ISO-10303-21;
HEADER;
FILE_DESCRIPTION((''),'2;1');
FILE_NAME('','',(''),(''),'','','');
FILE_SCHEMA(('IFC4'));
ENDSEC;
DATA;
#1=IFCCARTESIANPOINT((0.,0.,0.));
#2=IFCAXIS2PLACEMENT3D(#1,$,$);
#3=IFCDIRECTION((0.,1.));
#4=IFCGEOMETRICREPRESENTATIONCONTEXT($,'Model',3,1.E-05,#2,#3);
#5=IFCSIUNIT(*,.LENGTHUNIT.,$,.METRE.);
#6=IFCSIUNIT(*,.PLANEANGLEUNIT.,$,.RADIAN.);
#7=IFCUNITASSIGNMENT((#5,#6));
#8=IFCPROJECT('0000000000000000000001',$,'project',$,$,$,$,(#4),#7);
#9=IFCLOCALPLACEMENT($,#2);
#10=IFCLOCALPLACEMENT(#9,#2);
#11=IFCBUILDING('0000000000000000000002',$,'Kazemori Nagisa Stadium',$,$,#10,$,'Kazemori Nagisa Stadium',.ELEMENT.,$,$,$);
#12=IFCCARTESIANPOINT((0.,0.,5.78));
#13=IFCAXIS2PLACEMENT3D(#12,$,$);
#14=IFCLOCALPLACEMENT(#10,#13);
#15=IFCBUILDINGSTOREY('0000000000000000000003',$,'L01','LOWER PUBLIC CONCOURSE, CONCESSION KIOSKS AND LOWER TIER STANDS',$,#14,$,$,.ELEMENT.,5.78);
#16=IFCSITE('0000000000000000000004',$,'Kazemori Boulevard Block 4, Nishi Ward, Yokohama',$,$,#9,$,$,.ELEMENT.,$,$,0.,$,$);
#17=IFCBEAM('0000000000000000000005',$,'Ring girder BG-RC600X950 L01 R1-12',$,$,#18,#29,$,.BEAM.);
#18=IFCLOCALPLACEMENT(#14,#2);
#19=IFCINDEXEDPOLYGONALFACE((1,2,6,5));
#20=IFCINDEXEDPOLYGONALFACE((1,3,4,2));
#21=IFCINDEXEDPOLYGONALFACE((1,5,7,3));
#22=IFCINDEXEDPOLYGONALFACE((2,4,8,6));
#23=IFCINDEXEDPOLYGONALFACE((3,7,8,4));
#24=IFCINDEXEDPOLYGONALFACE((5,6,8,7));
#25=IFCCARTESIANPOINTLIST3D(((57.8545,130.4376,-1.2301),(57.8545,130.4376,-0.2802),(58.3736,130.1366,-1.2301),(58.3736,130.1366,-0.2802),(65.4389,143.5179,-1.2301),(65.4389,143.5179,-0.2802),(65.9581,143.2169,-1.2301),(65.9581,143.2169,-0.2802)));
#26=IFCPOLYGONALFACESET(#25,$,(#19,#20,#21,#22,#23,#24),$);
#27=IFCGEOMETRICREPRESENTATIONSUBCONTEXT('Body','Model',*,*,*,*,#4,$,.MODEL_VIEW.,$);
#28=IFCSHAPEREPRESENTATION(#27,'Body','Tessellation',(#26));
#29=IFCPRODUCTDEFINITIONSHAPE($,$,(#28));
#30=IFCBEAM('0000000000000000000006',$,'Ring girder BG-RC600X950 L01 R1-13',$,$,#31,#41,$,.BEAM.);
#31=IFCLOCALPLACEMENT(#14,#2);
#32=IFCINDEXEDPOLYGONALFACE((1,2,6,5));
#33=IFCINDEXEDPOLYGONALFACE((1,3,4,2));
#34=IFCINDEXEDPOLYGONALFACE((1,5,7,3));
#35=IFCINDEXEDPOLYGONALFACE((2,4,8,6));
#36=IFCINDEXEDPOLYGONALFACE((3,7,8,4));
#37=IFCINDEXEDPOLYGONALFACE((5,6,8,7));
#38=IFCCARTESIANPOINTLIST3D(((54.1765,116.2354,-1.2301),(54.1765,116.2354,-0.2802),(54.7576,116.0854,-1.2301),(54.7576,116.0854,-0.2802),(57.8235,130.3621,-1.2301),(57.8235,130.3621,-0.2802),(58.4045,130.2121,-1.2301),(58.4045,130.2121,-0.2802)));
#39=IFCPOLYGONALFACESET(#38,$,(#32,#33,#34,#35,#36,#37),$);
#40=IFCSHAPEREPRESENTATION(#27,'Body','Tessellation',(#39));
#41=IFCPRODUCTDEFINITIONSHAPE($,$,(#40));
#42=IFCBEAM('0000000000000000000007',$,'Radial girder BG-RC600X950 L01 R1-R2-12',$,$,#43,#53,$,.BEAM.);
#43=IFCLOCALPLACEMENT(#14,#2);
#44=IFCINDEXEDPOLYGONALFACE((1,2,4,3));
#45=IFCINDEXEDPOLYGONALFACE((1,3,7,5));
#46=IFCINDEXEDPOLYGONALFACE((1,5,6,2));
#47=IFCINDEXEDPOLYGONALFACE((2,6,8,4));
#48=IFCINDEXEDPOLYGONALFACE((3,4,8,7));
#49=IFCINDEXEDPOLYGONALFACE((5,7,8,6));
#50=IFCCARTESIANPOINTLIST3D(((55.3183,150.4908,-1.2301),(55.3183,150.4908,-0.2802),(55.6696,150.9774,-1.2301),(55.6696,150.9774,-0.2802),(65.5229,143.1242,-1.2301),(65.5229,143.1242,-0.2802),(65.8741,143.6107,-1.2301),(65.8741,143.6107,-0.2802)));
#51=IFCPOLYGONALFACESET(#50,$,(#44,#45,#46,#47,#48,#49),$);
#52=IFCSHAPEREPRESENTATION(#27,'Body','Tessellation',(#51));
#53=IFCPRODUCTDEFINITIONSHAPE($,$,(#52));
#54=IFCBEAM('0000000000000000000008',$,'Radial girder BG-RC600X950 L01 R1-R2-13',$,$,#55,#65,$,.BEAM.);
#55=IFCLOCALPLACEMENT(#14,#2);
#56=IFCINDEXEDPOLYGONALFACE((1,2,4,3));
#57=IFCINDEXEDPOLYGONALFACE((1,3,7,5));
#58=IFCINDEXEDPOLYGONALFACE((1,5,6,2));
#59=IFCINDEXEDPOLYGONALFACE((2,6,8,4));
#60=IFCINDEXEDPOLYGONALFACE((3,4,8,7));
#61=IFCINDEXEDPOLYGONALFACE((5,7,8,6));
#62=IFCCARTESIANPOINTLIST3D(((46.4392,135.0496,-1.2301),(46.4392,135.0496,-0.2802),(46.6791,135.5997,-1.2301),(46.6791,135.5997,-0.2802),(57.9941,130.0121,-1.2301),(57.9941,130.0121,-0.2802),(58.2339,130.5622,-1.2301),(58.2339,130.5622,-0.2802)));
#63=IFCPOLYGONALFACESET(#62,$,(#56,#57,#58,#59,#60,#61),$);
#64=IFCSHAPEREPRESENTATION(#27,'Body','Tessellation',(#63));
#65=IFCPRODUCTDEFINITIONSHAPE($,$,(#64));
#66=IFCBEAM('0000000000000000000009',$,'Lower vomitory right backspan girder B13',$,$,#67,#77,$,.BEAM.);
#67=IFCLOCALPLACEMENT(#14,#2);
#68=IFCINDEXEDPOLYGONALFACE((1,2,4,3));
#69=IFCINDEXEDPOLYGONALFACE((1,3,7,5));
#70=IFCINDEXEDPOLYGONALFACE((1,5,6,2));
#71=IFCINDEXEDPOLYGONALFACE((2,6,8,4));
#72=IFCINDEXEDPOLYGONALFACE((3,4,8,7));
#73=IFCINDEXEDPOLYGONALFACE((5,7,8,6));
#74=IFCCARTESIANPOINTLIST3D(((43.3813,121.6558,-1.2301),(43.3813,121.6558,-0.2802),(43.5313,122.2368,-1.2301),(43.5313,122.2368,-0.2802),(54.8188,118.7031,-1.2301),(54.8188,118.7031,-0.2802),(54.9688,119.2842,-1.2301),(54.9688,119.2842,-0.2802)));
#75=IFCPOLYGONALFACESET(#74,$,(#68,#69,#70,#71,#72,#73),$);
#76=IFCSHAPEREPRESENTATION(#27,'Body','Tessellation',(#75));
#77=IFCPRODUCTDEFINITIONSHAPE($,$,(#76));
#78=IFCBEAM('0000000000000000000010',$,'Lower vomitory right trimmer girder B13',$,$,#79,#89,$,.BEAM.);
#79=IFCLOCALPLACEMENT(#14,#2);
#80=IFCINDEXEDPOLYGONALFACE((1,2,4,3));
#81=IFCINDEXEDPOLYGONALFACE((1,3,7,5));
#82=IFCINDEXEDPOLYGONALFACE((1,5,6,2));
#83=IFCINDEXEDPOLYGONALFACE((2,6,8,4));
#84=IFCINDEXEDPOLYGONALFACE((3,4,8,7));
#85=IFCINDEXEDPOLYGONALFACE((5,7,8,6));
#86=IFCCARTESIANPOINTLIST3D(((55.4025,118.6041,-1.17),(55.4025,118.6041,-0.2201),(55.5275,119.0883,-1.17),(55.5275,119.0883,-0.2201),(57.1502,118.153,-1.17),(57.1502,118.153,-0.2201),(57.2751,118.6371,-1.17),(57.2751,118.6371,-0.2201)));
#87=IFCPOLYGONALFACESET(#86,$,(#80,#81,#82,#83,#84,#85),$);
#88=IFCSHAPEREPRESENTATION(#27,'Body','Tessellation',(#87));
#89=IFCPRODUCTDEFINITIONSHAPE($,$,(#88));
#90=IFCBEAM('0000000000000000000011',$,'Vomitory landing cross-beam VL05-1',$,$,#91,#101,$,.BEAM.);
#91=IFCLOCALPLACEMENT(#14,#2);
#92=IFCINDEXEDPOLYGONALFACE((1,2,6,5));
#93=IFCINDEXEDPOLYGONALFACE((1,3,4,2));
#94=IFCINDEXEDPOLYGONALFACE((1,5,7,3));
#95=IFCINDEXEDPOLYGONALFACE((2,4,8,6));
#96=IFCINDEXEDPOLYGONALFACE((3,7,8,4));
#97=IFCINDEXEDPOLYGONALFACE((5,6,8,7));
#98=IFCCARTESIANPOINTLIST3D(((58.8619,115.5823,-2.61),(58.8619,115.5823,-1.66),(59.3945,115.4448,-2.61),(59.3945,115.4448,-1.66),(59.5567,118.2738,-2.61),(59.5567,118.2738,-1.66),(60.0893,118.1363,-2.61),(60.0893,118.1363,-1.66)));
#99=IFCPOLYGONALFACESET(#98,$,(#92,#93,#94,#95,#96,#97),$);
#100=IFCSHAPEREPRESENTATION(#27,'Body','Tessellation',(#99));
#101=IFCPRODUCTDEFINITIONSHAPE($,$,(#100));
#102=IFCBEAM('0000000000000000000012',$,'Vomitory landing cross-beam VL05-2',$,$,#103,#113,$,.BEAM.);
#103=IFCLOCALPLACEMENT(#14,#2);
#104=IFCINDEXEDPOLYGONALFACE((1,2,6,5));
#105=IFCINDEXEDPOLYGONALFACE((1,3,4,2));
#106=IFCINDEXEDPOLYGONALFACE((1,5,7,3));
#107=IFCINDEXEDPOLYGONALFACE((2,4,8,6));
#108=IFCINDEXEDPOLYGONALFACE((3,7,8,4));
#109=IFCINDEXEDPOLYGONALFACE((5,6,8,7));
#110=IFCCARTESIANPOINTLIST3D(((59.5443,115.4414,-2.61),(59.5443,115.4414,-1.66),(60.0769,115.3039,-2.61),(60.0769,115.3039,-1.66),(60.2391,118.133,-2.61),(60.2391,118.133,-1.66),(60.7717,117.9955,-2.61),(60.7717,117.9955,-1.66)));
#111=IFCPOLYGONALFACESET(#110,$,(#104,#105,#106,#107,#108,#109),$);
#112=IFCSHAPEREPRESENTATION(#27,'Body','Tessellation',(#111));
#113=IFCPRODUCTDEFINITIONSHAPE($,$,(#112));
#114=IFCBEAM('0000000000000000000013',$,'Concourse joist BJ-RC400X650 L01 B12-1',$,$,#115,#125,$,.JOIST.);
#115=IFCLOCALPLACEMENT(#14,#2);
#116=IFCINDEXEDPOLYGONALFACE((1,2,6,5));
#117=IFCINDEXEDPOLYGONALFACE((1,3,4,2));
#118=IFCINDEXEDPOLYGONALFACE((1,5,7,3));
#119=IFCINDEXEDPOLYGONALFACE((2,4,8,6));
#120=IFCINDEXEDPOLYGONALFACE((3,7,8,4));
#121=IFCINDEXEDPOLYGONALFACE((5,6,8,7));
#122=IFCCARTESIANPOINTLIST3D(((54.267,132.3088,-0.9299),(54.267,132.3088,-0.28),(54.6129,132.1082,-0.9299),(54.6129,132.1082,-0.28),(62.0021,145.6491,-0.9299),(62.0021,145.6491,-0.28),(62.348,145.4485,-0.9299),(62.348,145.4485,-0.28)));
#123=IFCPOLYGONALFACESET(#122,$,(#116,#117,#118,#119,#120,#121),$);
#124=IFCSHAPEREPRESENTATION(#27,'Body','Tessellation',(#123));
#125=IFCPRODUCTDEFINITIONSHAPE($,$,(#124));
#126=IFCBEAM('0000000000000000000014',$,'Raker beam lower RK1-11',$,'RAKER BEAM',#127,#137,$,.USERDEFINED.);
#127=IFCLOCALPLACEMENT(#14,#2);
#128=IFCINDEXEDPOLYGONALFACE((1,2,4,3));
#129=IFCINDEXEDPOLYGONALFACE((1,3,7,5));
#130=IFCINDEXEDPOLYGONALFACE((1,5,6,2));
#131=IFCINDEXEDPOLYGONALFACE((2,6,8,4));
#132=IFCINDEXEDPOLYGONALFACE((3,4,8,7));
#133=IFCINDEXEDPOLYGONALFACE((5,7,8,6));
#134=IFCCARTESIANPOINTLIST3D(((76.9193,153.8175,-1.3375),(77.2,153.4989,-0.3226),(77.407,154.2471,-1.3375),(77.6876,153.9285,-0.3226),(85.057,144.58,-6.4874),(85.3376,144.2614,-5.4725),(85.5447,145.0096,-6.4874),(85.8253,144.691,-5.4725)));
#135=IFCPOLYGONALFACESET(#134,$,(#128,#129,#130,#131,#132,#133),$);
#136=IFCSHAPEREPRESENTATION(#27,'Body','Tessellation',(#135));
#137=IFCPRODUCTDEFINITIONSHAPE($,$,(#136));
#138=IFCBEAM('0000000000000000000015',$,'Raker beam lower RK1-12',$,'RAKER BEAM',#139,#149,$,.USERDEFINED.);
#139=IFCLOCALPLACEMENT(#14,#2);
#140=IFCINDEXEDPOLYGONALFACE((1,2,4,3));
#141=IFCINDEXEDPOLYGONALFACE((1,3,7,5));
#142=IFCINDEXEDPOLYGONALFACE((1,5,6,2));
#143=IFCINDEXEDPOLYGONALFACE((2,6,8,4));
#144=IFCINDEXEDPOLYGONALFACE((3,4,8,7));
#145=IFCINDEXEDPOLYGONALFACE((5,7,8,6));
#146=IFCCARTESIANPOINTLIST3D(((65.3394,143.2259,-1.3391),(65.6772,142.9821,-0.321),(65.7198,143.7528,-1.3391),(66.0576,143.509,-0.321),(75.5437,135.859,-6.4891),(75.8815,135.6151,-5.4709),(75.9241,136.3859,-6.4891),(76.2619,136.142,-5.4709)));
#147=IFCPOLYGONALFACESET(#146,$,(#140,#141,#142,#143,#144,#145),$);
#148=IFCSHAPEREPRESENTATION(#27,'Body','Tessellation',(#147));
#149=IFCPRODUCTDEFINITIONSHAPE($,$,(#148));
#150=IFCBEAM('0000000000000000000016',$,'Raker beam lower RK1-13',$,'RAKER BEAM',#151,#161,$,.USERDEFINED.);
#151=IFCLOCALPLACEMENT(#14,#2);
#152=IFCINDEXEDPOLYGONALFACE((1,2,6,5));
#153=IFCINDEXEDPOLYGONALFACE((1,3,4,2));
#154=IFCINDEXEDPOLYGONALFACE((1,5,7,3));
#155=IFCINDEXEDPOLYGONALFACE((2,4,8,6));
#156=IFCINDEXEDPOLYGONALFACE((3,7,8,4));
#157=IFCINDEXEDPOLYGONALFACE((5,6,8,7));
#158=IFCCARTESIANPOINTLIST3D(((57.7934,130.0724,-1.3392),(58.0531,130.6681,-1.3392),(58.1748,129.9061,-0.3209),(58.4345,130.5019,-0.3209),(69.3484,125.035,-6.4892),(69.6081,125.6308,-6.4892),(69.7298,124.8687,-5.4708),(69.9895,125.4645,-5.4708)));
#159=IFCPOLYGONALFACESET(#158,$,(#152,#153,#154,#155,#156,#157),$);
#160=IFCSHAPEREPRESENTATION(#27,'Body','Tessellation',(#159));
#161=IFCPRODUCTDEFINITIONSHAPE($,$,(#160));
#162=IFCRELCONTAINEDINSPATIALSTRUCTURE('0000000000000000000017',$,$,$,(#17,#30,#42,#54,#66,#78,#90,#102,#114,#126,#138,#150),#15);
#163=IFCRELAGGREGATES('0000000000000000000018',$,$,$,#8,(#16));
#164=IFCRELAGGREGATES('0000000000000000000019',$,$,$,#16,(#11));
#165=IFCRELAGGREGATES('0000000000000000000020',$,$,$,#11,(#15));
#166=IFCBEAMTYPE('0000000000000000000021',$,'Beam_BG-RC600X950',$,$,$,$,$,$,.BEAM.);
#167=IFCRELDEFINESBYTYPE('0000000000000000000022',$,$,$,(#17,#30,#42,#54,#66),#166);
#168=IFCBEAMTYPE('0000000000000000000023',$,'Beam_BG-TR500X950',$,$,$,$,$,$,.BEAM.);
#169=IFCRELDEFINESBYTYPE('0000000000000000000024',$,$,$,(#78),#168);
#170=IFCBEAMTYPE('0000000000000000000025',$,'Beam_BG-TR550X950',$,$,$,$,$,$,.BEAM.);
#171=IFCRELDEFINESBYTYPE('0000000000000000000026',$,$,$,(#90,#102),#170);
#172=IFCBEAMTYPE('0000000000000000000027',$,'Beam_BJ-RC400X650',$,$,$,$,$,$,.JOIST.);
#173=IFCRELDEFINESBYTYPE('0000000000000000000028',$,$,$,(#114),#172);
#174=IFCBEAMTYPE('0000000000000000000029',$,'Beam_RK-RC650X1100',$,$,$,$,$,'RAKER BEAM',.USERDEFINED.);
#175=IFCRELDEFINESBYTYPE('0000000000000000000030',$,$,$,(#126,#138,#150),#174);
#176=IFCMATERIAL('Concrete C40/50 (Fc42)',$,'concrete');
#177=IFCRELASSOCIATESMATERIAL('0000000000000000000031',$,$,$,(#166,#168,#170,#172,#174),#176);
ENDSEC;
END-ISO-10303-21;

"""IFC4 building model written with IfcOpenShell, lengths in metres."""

from ifc_helpers import new_model, si_unit, direction, frame, origin, origin_2d, place, context, subcontext, project, spatial, rectangle, extrude, material, material_profile, profile_set, type_object, element, save


model = new_model("IFC4")

# Units and contexts
model_context = context("Model", 3, precision=1e-05, world=origin(), true_north=direction((0.0, 1.0)))
body_context = subcontext(model_context, "Body", "Model", "MODEL_VIEW")
ifc_project = project(units=[si_unit("LENGTHUNIT", "METRE"), si_unit("PLANEANGLEUNIT", "RADIAN")], contexts=[model_context])

# Site, building, storey
site_placement = place(None, origin())
site = spatial("IfcSite", under=ifc_project, at=site_placement, Name="Kazemori Boulevard Block 4, Nishi Ward, Yokohama", CompositionType="ELEMENT", RefElevation=0.0)
building_placement = place(site_placement, origin())
building = spatial("IfcBuilding", under=site, at=building_placement, Name="Kazemori Nagisa Stadium", LongName="Kazemori Nagisa Stadium", CompositionType="ELEMENT")
storey_placement = place(building_placement, frame((0.0, 0.0, 5.78)))
storey = spatial("IfcBuildingStorey", under=building, at=storey_placement, Name="L01", Description="LOWER PUBLIC CONCOURSE, CONCESSION KIOSKS AND LOWER TIER STANDS", CompositionType="ELEMENT", Elevation=5.78)

# Shared definitions
ifc_material_1 = material(Name="Concrete C40/50 (Fc42)", Category="concrete")

# Beams
ifc_material_profile_1 = material_profile(ifc_material_1, rectangle(XDim=0.6001, YDim=0.95, at=origin_2d()), Name="RC-BM-600x950")
ifc_profile_set_1 = profile_set([ifc_material_profile_1], Name="Concrete C40/50 (Fc42)")
beam_type_1 = type_object("IfcBeamType", Name="Beam_BG-RC600X950", PredefinedType="BEAM", material=ifc_profile_set_1)
beam_1_placement = place(storey_placement, frame((65.6985, 143.3674, -0.7551), z_axis=(-0.501613, -0.865092, 0.0), x_axis=(0.865092, -0.501613, 0.0)))
element("IfcBeam", 1, at=beam_1_placement, inside=storey, type_object=beam_type_1, Name="Ring girder BG-RC600X950 L01 R1-12", PredefinedType="BEAM", context=body_context, shape_type="SweptSolid", body=[
    extrude(rectangle(XDim=0.6001, YDim=0.95, at=origin_2d()), origin(), (0.0, 0.0, 1.0), 15.1201),
])
beam_2_placement = place(storey_placement, frame((58.114, 130.2871, -0.7551), z_axis=(-0.249966, -0.968255, 0.0), x_axis=(0.968255, -0.249966, 0.0)))
element("IfcBeam", 2, at=beam_2_placement, inside=storey, type_object=beam_type_1, Name="Ring girder BG-RC600X950 L01 R1-13", PredefinedType="BEAM", context=body_context, shape_type="SweptSolid", body=[
    extrude(rectangle(XDim=0.6001, YDim=0.95, at=origin_2d()), origin(), (0.0, 0.0, 1.0), 14.5898),
])
beam_3_placement = place(storey_placement, frame((65.6985, 143.3674, -0.7551), z_axis=(-0.810803, 0.585319, 0.0), x_axis=(-0.585319, -0.810803, 0.0)))
element("IfcBeam", 3, at=beam_3_placement, inside=storey, type_object=beam_type_1, Name="Radial girder BG-RC600X950 L01 R1-R2-12", PredefinedType="BEAM", context=body_context, shape_type="SweptSolid", body=[
    extrude(rectangle(XDim=0.6001, YDim=0.95, at=origin_2d()), origin(), (0.0, 0.0, 1.0), 12.5857),
])
beam_4_placement = place(storey_placement, frame((58.114, 130.2871, -0.7551), z_axis=(-0.916672, 0.399641, 0.0), x_axis=(-0.399641, -0.916672, 0.0)))
element("IfcBeam", 4, at=beam_4_placement, inside=storey, type_object=beam_type_1, Name="Radial girder BG-RC600X950 L01 R1-R2-13", PredefinedType="BEAM", context=body_context, shape_type="SweptSolid", body=[
    extrude(rectangle(XDim=0.6001, YDim=0.95, at=origin_2d()), origin(), (0.0, 0.0, 1.0), 12.6052),
])
beam_5_placement = place(storey_placement, frame((54.8938, 118.9937, -0.7551), z_axis=(-0.968256, 0.249959, 0.0), x_axis=(-0.249959, -0.968256, 0.0)))
element("IfcBeam", 5, at=beam_5_placement, inside=storey, type_object=beam_type_1, Name="Lower vomitory right backspan girder B13", PredefinedType="BEAM", context=body_context, shape_type="SweptSolid", body=[
    extrude(rectangle(XDim=0.6001, YDim=0.95, at=origin_2d()), origin(), (0.0, 0.0, 1.0), 11.8125),
])
ifc_material_profile_2 = material_profile(ifc_material_1, rectangle(XDim=0.5, YDim=0.95, at=origin_2d()), Name="RC-BM-500x950")
ifc_profile_set_2 = profile_set([ifc_material_profile_2], Name="Concrete C40/50 (Fc42)")
beam_type_2 = type_object("IfcBeamType", Name="Beam_BG-TR500X950", PredefinedType="BEAM", material=ifc_profile_set_2)
beam_6_placement = place(storey_placement, frame((57.2126, 118.395, -0.6951), z_axis=(-0.968252, 0.249976, 0.0), x_axis=(-0.249976, -0.968252, 0.0)))
element("IfcBeam", 6, at=beam_6_placement, inside=storey, type_object=beam_type_2, Name="Lower vomitory right trimmer girder B13", PredefinedType="BEAM", context=body_context, shape_type="SweptSolid", body=[
    extrude(rectangle(XDim=0.5, YDim=0.95, at=origin_2d()), origin(), (0.0, 0.0, 1.0), 1.8049),
])
ifc_material_profile_3 = material_profile(ifc_material_1, rectangle(XDim=0.55, YDim=0.95, at=origin_2d()), Name="RC-BM-550x950")
ifc_profile_set_3 = profile_set([ifc_material_profile_3], Name="Concrete C40/50 (Fc42)")
beam_type_3 = type_object("IfcBeamType", Name="Beam_BG-TR550X950", PredefinedType="BEAM", material=ifc_profile_set_3)
for number, where, z_axis, x_axis, name in (
    (7, (59.823, 118.2051, -2.135), (-0.249947, -0.968259, 0.0), (0.968259, -0.249947, 0.0), "Vomitory landing cross-beam VL05-1"),
    (8, (60.5054, 118.0642, -2.135), (-0.249947, -0.968259, 0.0), (0.968259, -0.249947, 0.0), "Vomitory landing cross-beam VL05-2"),
):
    element("IfcBeam", number, at=place(storey_placement, frame(where, z_axis=z_axis, x_axis=x_axis)), inside=storey, type_object=beam_type_3, Name=name, PredefinedType="BEAM", context=body_context, shape_type="SweptSolid", body=[
        extrude(rectangle(XDim=0.55, YDim=0.95, at=origin_2d()), origin(), (0.0, 0.0, 1.0), 2.7798),
    ])
ifc_material_profile_4 = material_profile(ifc_material_1, rectangle(XDim=0.3999, YDim=0.6499, at=origin_2d()), Name="RC-BM-400x650")
ifc_profile_set_4 = profile_set([ifc_material_profile_4], Name="Concrete C40/50 (Fc42)")
beam_type_4 = type_object("IfcBeamType", Name="Beam_BJ-RC400X650", PredefinedType="JOIST", material=ifc_profile_set_4)
beam_7_placement = place(storey_placement, frame((62.175, 145.5488, -0.605), z_axis=(-0.501607, -0.865095, 0.0), x_axis=(0.865095, -0.501607, 0.0)))
element("IfcBeam", 9, at=beam_7_placement, inside=storey, type_object=beam_type_4, Name="Concourse joist BJ-RC400X650 L01 B12-1", PredefinedType="JOIST", context=body_context, shape_type="SweptSolid", body=[
    extrude(rectangle(XDim=0.3999, YDim=0.6499, at=origin_2d()), origin(), (0.0, 0.0, 1.0), 15.4207),
])
ifc_material_profile_5 = material_profile(ifc_material_1, rectangle(XDim=0.6499, YDim=1.1001, at=origin_2d()), Name="RC-RK-650x1100")
ifc_profile_set_5 = profile_set([ifc_material_profile_5], Name="Concrete C40/50 (Fc42)")
beam_type_5 = type_object("IfcBeamType", Name="Beam_RK-RC650X1100", ElementType="RAKER BEAM", PredefinedType="USERDEFINED", material=ifc_profile_set_5)
beam_8_placement = place(storey_placement, frame((85.4412, 144.6355, -5.98), z_axis=(-0.609816, 0.692236, 0.385919), x_axis=(-0.750365, -0.661024, 0.0)))
element("IfcBeam", 10, at=beam_8_placement, inside=storey, type_object=beam_type_5, Name="Raker beam lower RK1-11", ObjectType="RAKER BEAM", PredefinedType="USERDEFINED", context=body_context, shape_type="SweptSolid", body=[
    extrude(rectangle(XDim=0.6499, YDim=1.1001, at=origin_2d()), origin(), (0.0, 0.0, 1.0), 13.3445),
])
beam_9_placement = place(storey_placement, frame((75.9028, 136.0005, -5.98), z_axis=(-0.750397, 0.541743, 0.378708), x_axis=(-0.585341, -0.810787, 0.0)))
element("IfcBeam", 11, at=beam_9_placement, inside=storey, type_object=beam_type_5, Name="Raker beam lower RK1-12", ObjectType="RAKER BEAM", PredefinedType="USERDEFINED", context=body_context, shape_type="SweptSolid", body=[
    extrude(rectangle(XDim=0.6499, YDim=1.1001, at=origin_2d()), origin(), (0.0, 0.0, 1.0), 13.5986),
])
beam_10_placement = place(storey_placement, frame((69.6689, 125.2498, -5.98), z_axis=(-0.848589, 0.369941, 0.378207), x_axis=(-0.399625, -0.916679, 0.0)))
element("IfcBeam", 12, at=beam_10_placement, inside=storey, type_object=beam_type_5, Name="Raker beam lower RK1-13", ObjectType="RAKER BEAM", PredefinedType="USERDEFINED", context=body_context, shape_type="SweptSolid", body=[
    extrude(rectangle(XDim=0.6499, YDim=1.1001, at=origin_2d()), origin(), (0.0, 0.0, 1.0), 13.6167),
])

save(model, "model.ifc")
